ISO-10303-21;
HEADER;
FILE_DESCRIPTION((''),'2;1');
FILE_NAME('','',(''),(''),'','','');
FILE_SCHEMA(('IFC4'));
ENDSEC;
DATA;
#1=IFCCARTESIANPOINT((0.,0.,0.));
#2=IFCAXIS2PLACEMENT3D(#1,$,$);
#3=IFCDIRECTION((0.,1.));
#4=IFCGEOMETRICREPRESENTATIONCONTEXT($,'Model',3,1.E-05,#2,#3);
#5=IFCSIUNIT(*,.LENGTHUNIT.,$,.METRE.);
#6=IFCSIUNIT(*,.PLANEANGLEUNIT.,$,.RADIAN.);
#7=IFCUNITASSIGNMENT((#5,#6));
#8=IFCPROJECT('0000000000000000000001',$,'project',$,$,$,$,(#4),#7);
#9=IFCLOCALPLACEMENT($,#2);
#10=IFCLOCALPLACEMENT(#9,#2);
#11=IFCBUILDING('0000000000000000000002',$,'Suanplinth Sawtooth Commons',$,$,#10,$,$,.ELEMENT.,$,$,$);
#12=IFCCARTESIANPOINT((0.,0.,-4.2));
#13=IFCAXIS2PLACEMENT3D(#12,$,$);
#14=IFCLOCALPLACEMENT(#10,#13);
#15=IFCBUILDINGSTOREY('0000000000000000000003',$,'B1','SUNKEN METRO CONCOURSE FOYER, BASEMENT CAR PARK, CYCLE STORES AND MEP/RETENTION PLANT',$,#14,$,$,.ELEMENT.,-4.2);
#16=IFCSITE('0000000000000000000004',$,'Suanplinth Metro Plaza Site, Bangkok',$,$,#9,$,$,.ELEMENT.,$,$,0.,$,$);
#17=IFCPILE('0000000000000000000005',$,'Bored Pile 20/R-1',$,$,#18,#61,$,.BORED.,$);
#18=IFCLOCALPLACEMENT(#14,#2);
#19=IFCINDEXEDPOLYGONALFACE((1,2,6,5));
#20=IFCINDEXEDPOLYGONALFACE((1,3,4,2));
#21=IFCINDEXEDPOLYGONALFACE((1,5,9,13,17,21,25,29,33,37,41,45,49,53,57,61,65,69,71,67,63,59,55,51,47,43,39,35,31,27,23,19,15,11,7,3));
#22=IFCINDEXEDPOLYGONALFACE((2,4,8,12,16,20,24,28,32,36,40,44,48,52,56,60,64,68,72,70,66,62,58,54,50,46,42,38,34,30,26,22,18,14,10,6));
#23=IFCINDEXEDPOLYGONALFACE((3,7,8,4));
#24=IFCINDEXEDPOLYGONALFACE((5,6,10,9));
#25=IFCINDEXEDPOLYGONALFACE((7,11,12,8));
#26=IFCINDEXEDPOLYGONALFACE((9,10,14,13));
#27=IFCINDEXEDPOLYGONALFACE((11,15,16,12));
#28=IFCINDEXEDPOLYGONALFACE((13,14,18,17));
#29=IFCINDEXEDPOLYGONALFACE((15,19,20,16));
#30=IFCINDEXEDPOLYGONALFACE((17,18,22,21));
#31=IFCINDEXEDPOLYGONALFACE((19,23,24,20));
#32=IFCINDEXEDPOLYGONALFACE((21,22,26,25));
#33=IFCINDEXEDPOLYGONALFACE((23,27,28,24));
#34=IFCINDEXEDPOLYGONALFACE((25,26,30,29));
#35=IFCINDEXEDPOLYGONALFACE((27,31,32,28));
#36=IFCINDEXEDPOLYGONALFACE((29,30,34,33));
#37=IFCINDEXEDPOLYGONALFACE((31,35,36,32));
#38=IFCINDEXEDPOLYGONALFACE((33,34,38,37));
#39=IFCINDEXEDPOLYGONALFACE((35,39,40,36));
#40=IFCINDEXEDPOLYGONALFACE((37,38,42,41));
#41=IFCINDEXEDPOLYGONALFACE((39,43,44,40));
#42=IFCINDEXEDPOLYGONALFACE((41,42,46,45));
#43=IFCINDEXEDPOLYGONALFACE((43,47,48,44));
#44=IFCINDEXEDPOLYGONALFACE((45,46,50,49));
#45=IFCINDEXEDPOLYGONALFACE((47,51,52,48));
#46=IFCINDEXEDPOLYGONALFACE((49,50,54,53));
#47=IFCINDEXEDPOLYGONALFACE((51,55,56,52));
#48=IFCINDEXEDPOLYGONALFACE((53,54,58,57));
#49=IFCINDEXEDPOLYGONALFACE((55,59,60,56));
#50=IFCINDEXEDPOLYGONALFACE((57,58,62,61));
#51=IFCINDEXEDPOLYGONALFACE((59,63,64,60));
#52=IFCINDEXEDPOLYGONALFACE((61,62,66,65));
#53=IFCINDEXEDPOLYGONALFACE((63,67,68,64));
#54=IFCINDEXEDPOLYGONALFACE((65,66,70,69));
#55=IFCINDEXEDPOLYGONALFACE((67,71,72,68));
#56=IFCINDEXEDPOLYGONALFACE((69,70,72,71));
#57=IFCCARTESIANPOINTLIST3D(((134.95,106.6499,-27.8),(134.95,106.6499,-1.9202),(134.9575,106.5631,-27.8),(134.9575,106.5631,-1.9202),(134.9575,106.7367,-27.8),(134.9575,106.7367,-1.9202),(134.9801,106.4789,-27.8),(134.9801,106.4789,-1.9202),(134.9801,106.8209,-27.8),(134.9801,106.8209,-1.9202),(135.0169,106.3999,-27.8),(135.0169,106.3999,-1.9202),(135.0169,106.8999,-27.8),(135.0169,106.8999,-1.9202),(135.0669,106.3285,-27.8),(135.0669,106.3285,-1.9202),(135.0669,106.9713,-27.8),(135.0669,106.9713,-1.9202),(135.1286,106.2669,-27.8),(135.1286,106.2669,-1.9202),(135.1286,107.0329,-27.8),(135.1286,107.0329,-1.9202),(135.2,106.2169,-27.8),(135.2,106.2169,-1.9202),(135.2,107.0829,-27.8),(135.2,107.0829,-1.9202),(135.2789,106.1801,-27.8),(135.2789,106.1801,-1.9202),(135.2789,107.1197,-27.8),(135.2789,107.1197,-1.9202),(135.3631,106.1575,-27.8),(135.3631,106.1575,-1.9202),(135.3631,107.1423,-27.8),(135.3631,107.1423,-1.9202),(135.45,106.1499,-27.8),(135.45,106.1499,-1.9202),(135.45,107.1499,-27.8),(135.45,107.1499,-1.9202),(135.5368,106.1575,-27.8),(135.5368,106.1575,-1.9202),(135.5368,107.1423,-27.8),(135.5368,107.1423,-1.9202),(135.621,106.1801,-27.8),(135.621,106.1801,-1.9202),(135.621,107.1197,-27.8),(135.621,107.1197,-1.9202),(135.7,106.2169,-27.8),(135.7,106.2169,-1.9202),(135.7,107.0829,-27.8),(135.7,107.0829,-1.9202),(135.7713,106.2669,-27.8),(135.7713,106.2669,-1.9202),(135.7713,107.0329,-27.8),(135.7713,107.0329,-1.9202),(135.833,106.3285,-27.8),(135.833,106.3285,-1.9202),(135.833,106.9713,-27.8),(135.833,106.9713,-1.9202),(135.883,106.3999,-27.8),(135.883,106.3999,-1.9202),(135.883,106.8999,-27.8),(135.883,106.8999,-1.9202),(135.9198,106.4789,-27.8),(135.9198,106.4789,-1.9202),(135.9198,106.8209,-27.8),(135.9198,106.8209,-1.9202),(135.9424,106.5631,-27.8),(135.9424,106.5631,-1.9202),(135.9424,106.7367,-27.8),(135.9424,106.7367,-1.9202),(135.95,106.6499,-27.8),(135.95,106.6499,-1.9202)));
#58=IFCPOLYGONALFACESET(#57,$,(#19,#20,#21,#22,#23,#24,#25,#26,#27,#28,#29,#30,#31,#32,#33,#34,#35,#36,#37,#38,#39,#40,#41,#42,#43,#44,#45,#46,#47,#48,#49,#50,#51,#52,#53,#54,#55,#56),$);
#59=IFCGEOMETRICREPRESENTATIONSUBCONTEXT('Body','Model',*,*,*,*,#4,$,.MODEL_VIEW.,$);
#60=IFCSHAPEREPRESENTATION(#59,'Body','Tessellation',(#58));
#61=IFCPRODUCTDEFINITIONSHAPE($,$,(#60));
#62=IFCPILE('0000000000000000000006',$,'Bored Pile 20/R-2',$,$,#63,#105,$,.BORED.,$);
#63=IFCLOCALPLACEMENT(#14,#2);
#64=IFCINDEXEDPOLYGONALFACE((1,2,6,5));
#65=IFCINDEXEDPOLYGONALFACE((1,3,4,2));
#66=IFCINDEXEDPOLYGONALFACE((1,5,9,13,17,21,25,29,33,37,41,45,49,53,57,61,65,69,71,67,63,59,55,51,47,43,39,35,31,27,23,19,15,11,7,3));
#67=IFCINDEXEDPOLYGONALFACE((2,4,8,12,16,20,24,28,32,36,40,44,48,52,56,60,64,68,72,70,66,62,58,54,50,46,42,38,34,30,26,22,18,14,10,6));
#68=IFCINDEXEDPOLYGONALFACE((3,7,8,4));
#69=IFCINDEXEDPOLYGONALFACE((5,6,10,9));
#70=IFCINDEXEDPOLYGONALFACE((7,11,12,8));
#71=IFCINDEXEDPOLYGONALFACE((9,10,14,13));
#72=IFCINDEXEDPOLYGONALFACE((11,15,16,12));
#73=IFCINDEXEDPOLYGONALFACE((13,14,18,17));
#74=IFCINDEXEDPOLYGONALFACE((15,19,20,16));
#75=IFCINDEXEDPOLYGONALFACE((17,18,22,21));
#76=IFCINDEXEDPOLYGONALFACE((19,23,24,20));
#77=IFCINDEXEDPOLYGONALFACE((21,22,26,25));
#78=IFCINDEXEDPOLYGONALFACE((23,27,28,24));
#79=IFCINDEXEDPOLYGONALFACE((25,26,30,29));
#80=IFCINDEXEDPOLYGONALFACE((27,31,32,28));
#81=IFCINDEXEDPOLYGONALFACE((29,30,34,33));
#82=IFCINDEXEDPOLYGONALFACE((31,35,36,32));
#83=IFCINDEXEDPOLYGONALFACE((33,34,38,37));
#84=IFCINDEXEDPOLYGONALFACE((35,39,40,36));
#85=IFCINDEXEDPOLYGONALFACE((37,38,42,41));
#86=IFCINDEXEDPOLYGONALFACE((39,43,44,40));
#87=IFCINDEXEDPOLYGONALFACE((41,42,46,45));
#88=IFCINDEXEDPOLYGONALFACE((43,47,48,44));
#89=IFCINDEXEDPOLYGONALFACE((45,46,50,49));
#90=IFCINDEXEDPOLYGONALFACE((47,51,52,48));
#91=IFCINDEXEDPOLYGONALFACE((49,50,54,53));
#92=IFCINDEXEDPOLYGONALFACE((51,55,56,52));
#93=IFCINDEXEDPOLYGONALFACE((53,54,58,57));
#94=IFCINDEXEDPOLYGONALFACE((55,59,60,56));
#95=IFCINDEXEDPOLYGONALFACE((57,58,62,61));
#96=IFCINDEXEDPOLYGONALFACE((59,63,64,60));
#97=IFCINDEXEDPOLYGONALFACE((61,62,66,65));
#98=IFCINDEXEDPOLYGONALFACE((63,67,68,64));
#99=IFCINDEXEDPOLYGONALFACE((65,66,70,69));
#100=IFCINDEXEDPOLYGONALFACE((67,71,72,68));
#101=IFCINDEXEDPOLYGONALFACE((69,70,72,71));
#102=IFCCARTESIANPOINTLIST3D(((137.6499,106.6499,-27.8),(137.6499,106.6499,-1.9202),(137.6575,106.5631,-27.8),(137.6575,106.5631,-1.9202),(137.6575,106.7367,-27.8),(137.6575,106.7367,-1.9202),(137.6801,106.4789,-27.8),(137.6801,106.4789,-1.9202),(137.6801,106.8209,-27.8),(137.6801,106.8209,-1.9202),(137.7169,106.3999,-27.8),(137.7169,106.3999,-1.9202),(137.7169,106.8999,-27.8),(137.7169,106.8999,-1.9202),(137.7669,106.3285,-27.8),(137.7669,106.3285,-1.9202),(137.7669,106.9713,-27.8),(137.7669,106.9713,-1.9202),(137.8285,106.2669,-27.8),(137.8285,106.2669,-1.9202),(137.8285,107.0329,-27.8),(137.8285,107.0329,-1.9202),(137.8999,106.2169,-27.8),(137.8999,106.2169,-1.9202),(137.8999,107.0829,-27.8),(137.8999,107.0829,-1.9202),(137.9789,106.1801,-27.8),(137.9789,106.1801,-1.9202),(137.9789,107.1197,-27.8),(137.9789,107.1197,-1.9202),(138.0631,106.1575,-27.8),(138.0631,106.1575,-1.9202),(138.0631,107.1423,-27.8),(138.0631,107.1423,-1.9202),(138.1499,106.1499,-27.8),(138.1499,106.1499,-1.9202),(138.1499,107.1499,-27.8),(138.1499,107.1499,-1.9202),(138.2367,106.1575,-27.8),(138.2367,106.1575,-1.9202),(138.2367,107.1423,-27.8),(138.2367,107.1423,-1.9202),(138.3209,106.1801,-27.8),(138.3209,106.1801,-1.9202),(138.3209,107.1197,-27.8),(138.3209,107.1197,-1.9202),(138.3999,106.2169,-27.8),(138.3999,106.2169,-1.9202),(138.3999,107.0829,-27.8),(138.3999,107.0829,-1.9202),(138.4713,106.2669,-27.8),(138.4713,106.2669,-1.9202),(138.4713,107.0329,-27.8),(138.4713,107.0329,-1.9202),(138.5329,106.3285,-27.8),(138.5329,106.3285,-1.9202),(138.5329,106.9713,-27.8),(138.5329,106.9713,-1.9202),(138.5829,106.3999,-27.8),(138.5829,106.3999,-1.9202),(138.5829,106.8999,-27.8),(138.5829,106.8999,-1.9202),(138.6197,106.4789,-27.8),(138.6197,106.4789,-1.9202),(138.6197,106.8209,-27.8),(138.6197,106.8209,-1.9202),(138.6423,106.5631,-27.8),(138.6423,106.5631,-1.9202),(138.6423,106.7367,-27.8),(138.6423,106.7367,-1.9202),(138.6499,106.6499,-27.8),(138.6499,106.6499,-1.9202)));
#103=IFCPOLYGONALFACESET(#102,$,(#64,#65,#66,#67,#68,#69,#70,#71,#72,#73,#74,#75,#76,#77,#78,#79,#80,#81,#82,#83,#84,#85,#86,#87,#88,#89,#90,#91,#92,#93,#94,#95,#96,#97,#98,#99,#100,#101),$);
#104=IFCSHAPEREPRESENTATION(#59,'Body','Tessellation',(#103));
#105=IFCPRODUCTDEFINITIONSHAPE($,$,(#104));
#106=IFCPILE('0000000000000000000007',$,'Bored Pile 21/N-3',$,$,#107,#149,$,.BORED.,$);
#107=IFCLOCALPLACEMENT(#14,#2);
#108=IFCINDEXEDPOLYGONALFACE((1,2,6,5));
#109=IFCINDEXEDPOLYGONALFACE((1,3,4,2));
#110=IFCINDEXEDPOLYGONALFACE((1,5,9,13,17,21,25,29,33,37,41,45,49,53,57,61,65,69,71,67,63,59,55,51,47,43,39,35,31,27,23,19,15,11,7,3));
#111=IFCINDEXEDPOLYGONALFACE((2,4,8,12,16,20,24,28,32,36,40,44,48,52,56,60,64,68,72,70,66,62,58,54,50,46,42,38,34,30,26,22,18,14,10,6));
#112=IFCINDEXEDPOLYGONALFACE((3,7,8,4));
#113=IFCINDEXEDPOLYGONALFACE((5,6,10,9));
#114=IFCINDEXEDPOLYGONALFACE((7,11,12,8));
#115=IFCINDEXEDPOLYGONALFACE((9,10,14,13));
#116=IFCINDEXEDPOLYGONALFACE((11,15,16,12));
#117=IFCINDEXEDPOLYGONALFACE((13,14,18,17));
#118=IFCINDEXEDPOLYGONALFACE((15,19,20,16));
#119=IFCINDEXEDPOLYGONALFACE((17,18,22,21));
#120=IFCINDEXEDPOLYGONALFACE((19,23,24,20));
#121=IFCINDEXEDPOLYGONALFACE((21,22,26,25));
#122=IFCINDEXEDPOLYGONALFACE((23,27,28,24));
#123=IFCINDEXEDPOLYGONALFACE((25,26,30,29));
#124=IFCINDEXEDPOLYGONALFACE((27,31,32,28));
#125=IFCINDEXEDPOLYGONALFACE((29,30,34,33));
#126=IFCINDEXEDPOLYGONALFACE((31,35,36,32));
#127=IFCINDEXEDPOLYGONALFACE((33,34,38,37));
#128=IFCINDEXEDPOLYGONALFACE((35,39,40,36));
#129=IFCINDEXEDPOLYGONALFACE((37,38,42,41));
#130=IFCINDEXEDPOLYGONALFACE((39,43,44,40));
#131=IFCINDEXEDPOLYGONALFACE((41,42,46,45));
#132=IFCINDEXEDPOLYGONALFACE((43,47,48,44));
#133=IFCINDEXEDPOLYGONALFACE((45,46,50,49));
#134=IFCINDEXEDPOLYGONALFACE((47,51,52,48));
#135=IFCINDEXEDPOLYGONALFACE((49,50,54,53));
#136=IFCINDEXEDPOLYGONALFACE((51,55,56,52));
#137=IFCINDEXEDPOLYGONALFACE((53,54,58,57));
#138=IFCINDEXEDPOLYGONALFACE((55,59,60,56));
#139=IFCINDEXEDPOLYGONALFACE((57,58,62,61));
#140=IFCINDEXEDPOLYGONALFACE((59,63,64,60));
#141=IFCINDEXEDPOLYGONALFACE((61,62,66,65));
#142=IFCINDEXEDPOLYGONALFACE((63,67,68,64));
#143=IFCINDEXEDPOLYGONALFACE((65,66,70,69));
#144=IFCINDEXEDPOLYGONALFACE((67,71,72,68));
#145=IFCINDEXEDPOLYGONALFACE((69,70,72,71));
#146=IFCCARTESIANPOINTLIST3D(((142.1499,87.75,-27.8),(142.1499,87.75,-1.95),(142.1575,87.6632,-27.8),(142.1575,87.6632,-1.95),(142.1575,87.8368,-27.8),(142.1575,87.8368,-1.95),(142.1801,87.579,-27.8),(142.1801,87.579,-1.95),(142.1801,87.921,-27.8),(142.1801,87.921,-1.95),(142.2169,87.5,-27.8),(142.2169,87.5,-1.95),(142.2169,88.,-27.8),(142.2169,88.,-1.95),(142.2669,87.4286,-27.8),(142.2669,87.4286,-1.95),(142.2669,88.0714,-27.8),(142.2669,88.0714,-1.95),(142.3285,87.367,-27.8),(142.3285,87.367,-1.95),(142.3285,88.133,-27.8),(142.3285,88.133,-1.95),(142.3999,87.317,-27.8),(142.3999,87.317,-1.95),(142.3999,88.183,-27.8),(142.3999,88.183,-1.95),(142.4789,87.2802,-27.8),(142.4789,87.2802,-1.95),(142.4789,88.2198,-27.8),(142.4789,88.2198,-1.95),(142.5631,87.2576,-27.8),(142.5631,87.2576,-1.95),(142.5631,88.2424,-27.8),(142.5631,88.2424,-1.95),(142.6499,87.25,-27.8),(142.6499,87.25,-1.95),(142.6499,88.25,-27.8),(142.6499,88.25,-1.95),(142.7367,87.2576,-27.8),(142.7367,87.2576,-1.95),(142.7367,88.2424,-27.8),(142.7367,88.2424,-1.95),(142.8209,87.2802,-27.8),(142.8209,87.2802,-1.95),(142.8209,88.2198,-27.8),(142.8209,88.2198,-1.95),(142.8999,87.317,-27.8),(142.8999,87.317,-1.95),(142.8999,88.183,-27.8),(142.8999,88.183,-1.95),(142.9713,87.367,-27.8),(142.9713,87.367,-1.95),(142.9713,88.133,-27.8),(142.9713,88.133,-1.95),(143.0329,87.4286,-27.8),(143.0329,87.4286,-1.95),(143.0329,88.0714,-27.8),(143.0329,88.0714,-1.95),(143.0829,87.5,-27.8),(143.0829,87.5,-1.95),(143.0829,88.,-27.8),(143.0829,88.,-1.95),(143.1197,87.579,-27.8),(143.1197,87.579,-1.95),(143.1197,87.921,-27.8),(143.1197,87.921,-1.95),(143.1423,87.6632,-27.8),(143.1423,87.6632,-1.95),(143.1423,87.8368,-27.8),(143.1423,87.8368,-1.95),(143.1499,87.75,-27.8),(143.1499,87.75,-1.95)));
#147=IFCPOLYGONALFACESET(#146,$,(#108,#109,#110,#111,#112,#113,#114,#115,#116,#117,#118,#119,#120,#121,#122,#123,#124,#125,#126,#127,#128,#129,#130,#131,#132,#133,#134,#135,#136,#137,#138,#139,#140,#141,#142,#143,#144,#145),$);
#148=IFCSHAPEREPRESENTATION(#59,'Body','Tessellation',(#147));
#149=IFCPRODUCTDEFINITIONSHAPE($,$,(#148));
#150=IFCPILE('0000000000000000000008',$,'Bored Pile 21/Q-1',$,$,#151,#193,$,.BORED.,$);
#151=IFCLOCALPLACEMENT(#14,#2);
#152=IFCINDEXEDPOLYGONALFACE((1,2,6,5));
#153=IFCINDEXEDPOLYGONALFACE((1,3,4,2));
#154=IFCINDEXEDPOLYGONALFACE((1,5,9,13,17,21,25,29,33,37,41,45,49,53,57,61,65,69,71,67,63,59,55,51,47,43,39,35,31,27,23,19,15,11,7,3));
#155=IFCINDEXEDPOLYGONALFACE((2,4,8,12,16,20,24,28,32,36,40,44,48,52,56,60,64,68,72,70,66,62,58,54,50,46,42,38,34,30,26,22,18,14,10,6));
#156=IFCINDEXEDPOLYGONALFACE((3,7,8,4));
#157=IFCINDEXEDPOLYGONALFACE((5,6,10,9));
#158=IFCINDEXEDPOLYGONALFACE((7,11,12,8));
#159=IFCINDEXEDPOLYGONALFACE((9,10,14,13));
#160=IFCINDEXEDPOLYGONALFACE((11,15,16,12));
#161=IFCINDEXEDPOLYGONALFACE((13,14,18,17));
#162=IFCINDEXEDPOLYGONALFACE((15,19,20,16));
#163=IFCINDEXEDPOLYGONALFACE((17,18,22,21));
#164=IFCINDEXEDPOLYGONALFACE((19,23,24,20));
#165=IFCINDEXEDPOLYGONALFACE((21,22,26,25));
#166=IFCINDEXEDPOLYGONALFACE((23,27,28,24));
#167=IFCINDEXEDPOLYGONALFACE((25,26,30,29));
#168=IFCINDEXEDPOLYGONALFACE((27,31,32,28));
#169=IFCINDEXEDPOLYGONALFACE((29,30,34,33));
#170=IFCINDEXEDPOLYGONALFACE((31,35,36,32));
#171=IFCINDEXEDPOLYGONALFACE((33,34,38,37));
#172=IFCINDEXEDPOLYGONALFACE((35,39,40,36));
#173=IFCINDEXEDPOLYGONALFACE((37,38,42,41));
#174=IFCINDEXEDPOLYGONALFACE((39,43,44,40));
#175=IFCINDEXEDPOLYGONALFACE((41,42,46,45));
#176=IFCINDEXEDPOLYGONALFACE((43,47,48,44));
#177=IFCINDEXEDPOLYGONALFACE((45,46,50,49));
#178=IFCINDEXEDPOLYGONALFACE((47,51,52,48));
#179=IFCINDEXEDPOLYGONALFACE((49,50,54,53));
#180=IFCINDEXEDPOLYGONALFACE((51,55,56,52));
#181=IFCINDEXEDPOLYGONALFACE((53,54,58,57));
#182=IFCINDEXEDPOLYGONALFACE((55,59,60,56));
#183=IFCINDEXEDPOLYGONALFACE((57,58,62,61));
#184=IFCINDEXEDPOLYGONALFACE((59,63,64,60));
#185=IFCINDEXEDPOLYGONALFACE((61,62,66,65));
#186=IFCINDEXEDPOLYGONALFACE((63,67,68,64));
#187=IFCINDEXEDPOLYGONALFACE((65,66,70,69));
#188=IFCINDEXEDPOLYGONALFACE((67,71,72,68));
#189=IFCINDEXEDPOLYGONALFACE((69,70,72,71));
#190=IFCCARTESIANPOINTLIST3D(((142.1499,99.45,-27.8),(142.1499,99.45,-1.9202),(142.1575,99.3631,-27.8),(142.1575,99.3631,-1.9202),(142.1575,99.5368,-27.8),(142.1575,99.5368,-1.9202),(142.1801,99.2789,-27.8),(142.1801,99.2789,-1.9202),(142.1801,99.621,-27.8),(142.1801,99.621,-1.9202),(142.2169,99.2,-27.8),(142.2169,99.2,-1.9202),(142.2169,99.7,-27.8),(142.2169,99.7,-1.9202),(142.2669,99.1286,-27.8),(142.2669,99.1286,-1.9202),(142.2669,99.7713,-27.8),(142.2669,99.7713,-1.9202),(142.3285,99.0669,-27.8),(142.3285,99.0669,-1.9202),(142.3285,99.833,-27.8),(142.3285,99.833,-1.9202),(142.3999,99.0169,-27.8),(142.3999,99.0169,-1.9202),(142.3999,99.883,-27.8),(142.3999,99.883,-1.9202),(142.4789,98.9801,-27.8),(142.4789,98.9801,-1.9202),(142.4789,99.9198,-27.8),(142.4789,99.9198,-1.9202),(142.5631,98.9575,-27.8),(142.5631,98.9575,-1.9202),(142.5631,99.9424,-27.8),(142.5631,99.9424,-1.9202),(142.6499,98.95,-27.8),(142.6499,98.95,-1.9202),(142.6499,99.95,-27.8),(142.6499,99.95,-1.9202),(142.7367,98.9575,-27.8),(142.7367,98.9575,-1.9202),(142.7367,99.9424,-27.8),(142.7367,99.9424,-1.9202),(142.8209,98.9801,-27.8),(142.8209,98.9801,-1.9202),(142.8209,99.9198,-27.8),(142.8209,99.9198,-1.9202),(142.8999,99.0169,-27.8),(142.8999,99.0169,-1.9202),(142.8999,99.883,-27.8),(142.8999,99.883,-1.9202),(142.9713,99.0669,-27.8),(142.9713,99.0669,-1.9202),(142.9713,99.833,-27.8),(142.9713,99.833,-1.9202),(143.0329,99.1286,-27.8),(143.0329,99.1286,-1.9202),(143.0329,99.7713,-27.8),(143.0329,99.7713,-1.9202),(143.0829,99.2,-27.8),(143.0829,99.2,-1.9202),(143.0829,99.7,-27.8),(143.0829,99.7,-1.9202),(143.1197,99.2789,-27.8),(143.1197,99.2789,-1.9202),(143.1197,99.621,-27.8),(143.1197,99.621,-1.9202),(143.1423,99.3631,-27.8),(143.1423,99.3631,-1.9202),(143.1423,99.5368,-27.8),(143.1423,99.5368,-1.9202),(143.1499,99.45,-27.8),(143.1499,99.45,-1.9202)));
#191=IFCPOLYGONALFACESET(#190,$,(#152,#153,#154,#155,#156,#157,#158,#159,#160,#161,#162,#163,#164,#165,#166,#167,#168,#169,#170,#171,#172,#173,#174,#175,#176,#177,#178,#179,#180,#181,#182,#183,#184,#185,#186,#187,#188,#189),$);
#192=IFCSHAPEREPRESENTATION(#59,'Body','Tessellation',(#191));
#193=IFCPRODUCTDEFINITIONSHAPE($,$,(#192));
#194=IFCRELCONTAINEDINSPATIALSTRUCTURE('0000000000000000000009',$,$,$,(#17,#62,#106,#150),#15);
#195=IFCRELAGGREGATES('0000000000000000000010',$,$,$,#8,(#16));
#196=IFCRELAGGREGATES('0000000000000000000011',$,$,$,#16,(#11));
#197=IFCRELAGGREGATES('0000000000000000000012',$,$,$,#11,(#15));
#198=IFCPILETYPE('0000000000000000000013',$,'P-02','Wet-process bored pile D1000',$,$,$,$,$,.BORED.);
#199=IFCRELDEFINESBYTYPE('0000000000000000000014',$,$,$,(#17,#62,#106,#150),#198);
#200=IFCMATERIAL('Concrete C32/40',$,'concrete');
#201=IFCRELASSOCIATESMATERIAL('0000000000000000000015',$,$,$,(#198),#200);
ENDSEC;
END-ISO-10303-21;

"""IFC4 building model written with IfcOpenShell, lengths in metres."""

from ifc_helpers import new_model, si_unit, direction, frame, origin, origin_2d, place, context, subcontext, project, spatial, circle, extrude, material, material_profile, profile_set, type_object, element, save


model = new_model("IFC4")

# Units and contexts
model_context = context("Model", 3, precision=1e-05, world=origin(), true_north=direction((0.0, 1.0)))
body_context = subcontext(model_context, "Body", "Model", "MODEL_VIEW")
ifc_project = project(units=[si_unit("LENGTHUNIT", "METRE"), si_unit("PLANEANGLEUNIT", "RADIAN")], contexts=[model_context])

# Site, building, storey
site_placement = place(None, origin())
site = spatial("IfcSite", under=ifc_project, at=site_placement, Name="Suanplinth Metro Plaza Site, Bangkok", CompositionType="ELEMENT", RefElevation=0.0)
building_placement = place(site_placement, origin())
building = spatial("IfcBuilding", under=site, at=building_placement, Name="Suanplinth Sawtooth Commons", CompositionType="ELEMENT")
storey_placement = place(building_placement, frame((0.0, 0.0, -4.2)))
storey = spatial("IfcBuildingStorey", under=building, at=storey_placement, Name="B1", Description="SUNKEN METRO CONCOURSE FOYER, BASEMENT CAR PARK, CYCLE STORES AND MEP/RETENTION PLANT", CompositionType="ELEMENT", Elevation=-4.2)

# Piles
ifc_material_1 = material(Name="Concrete C32/40", Category="concrete")
ifc_material_profile_1 = material_profile(ifc_material_1, circle(Radius=0.5, at=origin_2d()), Name="PILE D1000")
ifc_profile_set_1 = profile_set([ifc_material_profile_1], Name="Concrete C32/40")
pile_type = type_object("IfcPileType", Name="P-02", Description="Wet-process bored pile D1000", PredefinedType="BORED", material=ifc_profile_set_1)
for number, where, z_axis, x_axis, name in (
    (1, (135.45, 106.6499, -1.9202), (0.0, 0.0, -1.0), (1.0, 0.0, 0.0), "Bored Pile 20/R-1"),
    (2, (138.1499, 106.6499, -1.9202), (0.0, 0.0, -1.0), (1.0, 0.0, 0.0), "Bored Pile 20/R-2"),
):
    element("IfcPile", number, at=place(storey_placement, frame(where, z_axis=z_axis, x_axis=x_axis)), inside=storey, type_object=pile_type, Name=name, PredefinedType="BORED", context=body_context, shape_type="SweptSolid", body=[
        extrude(circle(Radius=0.5, at=origin_2d()), origin(), (0.0, 0.0, 1.0), 25.8799),
    ])
pile_1_placement = place(storey_placement, frame((142.6499, 87.75, -1.95), z_axis=(0.0, 0.0, -1.0), x_axis=(1.0, 0.0, 0.0)))
element("IfcPile", 3, at=pile_1_placement, inside=storey, type_object=pile_type, Name="Bored Pile 21/N-3", PredefinedType="BORED", context=body_context, shape_type="SweptSolid", body=[
    extrude(circle(Radius=0.5, at=origin_2d()), origin(), (0.0, 0.0, 1.0), 25.8501),
])
for number, where, z_axis, x_axis, name in (
    (4, (142.6499, 99.45, -1.9202), (0.0, 0.0, -1.0), (1.0, 0.0, 0.0), "Bored Pile 21/Q-1"),
):
    element("IfcPile", number, at=place(storey_placement, frame(where, z_axis=z_axis, x_axis=x_axis)), inside=storey, type_object=pile_type, Name=name, PredefinedType="BORED", context=body_context, shape_type="SweptSolid", body=[
        extrude(circle(Radius=0.5, at=origin_2d()), origin(), (0.0, 0.0, 1.0), 25.8799),
    ])

save(model, "model.ifc")
